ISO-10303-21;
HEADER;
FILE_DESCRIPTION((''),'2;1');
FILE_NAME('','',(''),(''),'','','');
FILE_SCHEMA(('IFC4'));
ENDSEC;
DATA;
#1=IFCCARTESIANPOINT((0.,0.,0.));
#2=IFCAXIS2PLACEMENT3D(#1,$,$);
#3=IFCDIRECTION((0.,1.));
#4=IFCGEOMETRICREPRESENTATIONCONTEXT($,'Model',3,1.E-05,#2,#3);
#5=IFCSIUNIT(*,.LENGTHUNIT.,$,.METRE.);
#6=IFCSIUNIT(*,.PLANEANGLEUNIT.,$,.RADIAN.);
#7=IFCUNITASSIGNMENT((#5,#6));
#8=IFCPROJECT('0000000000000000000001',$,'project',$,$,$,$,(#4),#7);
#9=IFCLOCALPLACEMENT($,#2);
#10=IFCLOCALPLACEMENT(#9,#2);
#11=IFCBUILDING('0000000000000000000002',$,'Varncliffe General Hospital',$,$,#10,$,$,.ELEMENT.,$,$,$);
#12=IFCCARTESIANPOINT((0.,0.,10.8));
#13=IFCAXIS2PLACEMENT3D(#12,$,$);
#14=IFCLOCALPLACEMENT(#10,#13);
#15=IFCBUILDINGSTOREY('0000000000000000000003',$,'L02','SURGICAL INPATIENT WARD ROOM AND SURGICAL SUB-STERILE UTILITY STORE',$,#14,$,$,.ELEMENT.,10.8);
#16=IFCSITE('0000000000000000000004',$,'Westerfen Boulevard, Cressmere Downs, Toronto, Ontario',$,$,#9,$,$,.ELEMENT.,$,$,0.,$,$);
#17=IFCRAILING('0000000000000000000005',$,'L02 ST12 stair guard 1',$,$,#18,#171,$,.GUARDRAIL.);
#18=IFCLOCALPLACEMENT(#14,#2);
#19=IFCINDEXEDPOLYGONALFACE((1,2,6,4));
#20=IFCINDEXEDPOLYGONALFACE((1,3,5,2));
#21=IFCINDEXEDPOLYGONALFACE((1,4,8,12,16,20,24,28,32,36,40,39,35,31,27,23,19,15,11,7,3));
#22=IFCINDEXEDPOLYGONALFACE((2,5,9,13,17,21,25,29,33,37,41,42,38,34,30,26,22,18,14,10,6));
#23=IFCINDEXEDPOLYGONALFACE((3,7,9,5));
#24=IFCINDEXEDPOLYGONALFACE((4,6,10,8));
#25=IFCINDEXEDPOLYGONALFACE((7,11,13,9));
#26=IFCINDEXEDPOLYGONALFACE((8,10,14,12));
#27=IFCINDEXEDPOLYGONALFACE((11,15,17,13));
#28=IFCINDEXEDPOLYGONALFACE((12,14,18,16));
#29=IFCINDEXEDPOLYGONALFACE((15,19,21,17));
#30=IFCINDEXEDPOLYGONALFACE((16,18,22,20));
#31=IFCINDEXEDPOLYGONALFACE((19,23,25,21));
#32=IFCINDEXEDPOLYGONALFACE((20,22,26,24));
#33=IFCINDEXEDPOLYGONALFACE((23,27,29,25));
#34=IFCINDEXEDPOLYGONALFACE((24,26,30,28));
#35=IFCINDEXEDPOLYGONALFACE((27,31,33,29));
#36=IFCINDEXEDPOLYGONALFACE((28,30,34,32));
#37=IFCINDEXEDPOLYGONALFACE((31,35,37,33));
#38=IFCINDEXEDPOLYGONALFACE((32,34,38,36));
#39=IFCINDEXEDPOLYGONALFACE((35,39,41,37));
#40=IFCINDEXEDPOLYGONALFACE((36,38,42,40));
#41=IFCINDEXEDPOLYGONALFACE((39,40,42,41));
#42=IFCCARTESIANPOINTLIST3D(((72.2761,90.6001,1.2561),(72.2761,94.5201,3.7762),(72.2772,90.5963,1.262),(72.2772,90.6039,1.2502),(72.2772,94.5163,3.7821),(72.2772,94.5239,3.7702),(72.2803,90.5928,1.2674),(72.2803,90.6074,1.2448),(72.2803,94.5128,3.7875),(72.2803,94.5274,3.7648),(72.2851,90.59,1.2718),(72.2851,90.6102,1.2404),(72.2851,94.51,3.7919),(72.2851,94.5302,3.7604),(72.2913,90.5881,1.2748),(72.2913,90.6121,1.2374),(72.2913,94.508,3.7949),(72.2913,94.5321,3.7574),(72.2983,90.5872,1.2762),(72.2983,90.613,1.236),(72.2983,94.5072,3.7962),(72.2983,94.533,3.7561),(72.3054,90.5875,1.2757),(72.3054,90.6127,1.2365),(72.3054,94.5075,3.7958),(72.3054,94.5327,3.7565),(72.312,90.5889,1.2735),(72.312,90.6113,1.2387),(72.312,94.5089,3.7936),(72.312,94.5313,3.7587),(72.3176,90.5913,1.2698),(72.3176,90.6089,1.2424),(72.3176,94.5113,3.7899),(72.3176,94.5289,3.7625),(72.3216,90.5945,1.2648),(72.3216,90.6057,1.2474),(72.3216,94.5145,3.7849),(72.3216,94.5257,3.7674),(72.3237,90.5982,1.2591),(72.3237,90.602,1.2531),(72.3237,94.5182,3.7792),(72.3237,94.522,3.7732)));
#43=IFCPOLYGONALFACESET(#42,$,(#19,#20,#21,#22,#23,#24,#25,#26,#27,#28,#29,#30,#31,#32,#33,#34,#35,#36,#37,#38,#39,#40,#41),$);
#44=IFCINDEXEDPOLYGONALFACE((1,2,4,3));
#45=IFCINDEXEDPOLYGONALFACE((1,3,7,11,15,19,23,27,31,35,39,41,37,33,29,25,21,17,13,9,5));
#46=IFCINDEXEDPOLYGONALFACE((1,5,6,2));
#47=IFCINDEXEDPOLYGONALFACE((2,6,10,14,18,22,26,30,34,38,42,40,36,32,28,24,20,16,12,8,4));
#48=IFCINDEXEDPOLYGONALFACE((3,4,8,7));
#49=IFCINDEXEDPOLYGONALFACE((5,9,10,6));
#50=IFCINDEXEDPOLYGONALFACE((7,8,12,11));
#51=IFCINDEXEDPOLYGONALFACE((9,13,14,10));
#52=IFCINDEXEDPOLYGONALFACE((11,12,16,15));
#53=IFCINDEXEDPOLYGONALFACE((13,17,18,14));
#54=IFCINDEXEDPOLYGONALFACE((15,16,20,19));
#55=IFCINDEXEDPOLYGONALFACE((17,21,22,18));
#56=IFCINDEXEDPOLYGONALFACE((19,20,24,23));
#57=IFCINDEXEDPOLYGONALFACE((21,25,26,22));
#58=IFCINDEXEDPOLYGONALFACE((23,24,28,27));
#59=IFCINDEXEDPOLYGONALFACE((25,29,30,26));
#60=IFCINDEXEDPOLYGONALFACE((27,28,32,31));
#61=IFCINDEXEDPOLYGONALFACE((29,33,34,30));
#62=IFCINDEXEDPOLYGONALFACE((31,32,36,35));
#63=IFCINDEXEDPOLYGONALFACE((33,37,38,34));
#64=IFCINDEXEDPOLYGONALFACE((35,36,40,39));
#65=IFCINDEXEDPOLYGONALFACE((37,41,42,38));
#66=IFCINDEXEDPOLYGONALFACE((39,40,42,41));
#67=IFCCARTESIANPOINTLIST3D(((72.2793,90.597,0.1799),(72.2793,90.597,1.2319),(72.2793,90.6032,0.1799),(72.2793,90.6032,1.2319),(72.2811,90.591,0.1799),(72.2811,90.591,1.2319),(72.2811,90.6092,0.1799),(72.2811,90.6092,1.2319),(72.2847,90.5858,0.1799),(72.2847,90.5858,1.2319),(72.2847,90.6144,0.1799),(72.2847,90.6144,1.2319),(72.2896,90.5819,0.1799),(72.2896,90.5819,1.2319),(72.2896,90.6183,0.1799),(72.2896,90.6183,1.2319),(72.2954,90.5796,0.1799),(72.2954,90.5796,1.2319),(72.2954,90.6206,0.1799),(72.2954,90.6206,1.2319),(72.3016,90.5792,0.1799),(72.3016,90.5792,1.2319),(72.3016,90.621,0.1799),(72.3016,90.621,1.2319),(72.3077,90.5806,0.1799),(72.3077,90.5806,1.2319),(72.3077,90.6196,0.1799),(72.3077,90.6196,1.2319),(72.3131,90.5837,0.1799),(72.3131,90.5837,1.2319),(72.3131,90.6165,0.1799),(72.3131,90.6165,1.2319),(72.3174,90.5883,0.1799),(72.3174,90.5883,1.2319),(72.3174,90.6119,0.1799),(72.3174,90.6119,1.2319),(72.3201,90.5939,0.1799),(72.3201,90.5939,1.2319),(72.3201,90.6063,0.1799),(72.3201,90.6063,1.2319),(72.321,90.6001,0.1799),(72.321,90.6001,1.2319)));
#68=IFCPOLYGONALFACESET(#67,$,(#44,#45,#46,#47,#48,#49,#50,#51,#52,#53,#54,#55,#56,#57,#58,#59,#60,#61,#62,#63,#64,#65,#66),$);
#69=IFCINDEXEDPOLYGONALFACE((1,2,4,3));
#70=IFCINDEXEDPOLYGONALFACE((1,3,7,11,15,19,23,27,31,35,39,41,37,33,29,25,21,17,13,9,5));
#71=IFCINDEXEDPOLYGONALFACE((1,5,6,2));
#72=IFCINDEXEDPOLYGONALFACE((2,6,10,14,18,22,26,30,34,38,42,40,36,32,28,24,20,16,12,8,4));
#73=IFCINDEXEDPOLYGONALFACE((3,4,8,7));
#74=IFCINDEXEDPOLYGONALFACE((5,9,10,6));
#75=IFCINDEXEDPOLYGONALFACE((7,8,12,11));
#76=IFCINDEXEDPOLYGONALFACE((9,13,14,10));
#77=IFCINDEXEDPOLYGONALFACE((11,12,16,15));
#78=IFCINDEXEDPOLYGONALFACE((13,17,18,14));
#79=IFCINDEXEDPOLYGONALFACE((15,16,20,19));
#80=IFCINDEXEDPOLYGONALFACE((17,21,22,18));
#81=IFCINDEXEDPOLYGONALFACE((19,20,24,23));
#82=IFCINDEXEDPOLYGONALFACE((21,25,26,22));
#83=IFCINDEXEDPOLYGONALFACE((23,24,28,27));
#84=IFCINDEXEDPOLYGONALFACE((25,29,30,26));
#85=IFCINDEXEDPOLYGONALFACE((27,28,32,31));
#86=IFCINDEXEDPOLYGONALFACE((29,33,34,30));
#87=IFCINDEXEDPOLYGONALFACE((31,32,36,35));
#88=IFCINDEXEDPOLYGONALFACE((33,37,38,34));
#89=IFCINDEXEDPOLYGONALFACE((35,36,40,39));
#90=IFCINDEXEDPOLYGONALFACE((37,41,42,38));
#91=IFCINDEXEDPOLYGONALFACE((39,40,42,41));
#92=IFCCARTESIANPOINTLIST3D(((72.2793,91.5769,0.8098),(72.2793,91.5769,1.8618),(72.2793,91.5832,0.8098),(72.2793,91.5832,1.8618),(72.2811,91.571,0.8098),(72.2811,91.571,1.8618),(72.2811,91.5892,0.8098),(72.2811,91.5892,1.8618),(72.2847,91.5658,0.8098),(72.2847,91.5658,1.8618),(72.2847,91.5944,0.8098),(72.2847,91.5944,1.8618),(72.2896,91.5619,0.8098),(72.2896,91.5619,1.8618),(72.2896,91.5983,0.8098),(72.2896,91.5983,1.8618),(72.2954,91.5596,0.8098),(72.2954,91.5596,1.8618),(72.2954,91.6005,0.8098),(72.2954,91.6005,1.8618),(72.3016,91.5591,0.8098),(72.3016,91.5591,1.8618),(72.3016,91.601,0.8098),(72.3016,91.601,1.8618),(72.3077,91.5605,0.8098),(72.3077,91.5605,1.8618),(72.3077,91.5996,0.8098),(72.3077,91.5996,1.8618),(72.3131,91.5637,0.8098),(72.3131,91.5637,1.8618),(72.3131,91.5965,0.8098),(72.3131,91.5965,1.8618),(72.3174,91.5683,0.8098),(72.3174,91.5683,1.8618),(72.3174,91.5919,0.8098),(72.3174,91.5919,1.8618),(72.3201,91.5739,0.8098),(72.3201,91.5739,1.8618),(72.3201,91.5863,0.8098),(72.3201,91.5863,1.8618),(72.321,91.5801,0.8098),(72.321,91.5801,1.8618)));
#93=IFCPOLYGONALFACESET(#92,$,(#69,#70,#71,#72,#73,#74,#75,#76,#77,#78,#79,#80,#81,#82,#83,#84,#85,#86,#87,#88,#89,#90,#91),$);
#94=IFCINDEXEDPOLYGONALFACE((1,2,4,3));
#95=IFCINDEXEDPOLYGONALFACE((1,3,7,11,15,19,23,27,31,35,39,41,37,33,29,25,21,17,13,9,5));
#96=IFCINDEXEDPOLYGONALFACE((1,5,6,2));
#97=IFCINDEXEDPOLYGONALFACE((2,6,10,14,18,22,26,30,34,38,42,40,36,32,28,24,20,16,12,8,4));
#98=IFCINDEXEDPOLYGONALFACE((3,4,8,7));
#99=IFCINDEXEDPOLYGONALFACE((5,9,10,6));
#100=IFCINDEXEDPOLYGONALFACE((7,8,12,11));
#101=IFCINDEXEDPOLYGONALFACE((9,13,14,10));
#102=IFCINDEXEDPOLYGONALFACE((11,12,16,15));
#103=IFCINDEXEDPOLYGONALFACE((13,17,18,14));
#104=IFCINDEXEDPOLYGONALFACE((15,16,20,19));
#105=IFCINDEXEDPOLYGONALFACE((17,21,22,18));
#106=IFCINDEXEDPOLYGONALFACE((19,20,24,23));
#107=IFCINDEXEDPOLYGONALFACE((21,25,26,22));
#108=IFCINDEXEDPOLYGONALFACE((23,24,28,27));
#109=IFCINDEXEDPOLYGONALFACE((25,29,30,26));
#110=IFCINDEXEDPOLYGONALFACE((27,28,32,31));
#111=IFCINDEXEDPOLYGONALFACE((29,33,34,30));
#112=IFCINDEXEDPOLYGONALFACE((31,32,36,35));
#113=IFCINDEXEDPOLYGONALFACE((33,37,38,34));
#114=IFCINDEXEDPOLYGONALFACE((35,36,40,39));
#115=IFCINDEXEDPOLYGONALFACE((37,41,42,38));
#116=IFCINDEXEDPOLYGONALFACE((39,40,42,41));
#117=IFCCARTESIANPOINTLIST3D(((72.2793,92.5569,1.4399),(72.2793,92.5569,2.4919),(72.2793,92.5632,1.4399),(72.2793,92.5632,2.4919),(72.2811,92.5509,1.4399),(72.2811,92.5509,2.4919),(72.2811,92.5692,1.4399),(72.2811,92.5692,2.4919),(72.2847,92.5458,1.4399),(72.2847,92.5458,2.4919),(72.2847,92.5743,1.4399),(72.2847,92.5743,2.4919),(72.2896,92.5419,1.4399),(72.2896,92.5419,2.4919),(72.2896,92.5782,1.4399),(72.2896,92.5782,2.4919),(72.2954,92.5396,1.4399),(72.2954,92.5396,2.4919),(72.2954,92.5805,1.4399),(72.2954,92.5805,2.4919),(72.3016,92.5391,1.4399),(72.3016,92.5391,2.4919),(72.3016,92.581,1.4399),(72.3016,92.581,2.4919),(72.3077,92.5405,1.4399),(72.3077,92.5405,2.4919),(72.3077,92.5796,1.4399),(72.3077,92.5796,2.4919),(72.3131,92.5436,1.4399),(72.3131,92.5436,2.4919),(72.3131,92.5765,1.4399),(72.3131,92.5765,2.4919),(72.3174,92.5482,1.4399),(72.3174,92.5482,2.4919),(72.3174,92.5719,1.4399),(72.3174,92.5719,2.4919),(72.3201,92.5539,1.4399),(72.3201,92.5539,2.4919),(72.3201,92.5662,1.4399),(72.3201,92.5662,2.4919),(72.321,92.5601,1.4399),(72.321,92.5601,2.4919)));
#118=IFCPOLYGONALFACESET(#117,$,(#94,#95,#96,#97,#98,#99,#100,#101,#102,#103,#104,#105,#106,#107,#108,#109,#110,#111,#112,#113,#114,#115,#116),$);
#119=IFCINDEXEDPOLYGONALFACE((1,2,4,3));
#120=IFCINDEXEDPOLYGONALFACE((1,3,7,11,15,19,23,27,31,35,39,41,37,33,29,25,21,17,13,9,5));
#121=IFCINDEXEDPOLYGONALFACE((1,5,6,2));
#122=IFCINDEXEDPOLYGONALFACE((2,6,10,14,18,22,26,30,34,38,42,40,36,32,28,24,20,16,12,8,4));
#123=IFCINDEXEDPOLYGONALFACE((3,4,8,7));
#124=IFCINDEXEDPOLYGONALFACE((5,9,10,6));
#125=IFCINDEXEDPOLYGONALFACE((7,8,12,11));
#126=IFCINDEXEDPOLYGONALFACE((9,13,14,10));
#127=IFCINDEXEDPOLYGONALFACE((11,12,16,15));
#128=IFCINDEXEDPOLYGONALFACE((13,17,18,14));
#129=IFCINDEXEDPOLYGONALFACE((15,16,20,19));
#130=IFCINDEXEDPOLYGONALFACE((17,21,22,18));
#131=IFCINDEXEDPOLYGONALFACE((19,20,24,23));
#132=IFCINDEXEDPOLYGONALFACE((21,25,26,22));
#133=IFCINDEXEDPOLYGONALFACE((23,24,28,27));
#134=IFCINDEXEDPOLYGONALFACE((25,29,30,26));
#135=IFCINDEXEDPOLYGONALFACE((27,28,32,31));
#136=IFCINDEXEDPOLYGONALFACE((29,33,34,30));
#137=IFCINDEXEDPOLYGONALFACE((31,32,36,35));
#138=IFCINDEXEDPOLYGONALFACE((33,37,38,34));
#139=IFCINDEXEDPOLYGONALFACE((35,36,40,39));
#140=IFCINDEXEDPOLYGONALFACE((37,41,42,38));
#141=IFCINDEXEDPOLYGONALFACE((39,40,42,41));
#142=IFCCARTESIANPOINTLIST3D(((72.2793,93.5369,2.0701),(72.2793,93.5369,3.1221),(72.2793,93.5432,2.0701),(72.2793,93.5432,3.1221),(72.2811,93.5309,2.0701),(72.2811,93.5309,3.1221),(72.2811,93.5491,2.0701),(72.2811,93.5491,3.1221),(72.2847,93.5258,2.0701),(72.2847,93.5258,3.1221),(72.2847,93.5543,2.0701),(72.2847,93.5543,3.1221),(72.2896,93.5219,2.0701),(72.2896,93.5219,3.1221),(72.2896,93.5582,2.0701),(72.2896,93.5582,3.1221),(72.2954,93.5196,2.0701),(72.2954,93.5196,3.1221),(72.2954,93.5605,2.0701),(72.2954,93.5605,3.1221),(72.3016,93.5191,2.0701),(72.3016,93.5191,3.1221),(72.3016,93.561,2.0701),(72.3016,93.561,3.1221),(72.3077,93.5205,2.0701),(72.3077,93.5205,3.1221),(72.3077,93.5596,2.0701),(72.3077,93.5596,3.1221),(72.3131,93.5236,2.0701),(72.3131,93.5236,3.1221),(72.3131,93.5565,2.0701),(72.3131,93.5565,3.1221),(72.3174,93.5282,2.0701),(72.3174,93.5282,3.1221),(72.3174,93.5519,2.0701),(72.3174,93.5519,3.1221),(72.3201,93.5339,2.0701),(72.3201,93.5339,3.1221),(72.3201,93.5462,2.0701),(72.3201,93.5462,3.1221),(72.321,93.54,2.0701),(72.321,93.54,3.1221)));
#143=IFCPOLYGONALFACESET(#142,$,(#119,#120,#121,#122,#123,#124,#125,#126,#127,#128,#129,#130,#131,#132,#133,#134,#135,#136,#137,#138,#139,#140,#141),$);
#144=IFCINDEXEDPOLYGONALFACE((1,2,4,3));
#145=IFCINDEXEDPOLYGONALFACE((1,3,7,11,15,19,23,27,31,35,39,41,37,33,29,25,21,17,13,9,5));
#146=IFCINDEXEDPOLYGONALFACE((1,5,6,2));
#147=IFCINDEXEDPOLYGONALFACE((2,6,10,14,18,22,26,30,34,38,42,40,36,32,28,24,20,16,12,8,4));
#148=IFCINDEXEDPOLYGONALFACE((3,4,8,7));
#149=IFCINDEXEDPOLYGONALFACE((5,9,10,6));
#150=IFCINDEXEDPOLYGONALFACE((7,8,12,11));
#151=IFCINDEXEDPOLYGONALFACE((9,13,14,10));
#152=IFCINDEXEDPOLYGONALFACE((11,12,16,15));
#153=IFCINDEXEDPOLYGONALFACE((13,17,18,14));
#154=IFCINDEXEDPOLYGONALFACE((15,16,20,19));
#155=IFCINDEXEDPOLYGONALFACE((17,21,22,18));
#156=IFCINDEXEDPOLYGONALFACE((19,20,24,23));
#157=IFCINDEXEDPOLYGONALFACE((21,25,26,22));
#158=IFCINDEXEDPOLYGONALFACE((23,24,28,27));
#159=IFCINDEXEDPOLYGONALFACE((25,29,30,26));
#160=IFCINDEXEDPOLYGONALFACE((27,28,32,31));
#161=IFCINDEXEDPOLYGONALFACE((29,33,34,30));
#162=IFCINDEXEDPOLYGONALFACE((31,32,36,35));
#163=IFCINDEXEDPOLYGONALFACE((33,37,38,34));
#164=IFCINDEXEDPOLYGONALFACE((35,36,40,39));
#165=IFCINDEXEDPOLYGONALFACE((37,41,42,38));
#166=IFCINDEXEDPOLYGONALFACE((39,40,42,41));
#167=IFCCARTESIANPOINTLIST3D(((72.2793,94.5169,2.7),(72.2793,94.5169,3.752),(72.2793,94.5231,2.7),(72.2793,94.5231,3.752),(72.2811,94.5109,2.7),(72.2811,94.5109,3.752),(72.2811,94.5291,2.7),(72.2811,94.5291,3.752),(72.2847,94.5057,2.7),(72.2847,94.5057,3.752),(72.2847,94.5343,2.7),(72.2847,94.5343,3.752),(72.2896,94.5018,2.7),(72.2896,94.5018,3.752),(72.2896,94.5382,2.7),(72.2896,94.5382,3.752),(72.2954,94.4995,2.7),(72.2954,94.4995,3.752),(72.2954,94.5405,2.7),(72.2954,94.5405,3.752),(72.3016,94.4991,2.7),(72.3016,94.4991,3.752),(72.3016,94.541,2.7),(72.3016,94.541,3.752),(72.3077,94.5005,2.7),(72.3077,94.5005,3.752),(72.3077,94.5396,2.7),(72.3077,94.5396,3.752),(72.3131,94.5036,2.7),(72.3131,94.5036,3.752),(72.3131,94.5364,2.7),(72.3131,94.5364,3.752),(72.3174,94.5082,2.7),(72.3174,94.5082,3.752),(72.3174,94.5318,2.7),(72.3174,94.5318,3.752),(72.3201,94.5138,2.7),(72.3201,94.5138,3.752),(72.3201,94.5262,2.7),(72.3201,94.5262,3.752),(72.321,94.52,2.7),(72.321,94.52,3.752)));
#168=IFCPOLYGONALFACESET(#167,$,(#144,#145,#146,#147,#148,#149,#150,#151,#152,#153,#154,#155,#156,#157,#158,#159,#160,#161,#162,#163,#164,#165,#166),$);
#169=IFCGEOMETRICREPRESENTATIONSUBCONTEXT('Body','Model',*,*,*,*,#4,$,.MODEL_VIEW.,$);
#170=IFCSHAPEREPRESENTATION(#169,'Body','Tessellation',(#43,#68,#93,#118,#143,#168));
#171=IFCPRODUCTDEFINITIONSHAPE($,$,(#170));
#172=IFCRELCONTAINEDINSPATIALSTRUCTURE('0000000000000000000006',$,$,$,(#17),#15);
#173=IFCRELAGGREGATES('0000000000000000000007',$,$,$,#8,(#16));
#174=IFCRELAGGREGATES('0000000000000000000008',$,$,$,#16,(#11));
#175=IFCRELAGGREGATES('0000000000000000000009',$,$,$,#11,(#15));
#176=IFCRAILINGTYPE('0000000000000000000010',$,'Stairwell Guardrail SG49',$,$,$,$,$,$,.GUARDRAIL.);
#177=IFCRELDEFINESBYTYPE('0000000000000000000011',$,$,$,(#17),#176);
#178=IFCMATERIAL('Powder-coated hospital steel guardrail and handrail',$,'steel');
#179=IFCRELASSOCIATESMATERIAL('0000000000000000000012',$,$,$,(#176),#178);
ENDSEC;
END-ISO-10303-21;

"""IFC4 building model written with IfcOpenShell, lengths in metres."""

from ifc_helpers import new_model, si_unit, direction, frame, origin, origin_2d, place, context, subcontext, project, spatial, circle, extrude, material, type_object, element, save


model = new_model("IFC4")

# Units and contexts
model_context = context("Model", 3, precision=1e-05, world=origin(), true_north=direction((0.0, 1.0)))
body_context = subcontext(model_context, "Body", "Model", "MODEL_VIEW")
ifc_project = project(units=[si_unit("LENGTHUNIT", "METRE"), si_unit("PLANEANGLEUNIT", "RADIAN")], contexts=[model_context])

# Site, building, storey
site_placement = place(None, origin())
site = spatial("IfcSite", under=ifc_project, at=site_placement, Name="Westerfen Boulevard, Cressmere Downs, Toronto, Ontario", CompositionType="ELEMENT", RefElevation=0.0)
building_placement = place(site_placement, origin())
building = spatial("IfcBuilding", under=site, at=building_placement, Name="Varncliffe General Hospital", CompositionType="ELEMENT")
storey_placement = place(building_placement, frame((0.0, 0.0, 10.8)))
storey = spatial("IfcBuildingStorey", under=building, at=storey_placement, Name="L02", Description="SURGICAL INPATIENT WARD ROOM AND SURGICAL SUB-STERILE UTILITY STORE", CompositionType="ELEMENT", Elevation=10.8)

# Railing
ifc_material_1 = material(Name="Powder-coated hospital steel guardrail and handrail", Category="steel")
railing_type_1 = type_object("IfcRailingType", Name="Stairwell Guardrail SG49", PredefinedType="GUARDRAIL", material=ifc_material_1)
railing_1_placement = place(storey_placement, frame((72.3, 90.6001, 0.1799)))
element("IfcRailing", 1, at=railing_1_placement, inside=storey, type_object=railing_type_1, Name="L02 ST12 stair guard 1", PredefinedType="GUARDRAIL", context=body_context, shape_type="SweptSolid", body=[
    extrude(circle(Radius=0.0239, at=origin_2d()), frame((0.0, 0.0, 1.0762), z_axis=(0.0, 0.841172, 0.540768), x_axis=(-1.0, 0.0, 0.0)), (0.0, 0.0, 1.0), 4.6602),
    extrude(circle(Radius=0.021, at=origin_2d()), origin(), (0.0, 0.0, 1.0), 1.052),
    extrude(circle(Radius=0.021, at=origin_2d()), frame((0.0, 0.98, 0.6299)), (0.0, 0.0, 1.0), 1.052),
    extrude(circle(Radius=0.021, at=origin_2d()), frame((0.0, 1.96, 1.26)), (0.0, 0.0, 1.0), 1.052),
    extrude(circle(Radius=0.021, at=origin_2d()), frame((0.0, 2.9399, 1.8901)), (0.0, 0.0, 1.0), 1.052),
    extrude(circle(Radius=0.021, at=origin_2d()), frame((0.0, 3.9199, 2.52)), (0.0, 0.0, 1.0), 1.052),
])

save(model, "model.ifc")
